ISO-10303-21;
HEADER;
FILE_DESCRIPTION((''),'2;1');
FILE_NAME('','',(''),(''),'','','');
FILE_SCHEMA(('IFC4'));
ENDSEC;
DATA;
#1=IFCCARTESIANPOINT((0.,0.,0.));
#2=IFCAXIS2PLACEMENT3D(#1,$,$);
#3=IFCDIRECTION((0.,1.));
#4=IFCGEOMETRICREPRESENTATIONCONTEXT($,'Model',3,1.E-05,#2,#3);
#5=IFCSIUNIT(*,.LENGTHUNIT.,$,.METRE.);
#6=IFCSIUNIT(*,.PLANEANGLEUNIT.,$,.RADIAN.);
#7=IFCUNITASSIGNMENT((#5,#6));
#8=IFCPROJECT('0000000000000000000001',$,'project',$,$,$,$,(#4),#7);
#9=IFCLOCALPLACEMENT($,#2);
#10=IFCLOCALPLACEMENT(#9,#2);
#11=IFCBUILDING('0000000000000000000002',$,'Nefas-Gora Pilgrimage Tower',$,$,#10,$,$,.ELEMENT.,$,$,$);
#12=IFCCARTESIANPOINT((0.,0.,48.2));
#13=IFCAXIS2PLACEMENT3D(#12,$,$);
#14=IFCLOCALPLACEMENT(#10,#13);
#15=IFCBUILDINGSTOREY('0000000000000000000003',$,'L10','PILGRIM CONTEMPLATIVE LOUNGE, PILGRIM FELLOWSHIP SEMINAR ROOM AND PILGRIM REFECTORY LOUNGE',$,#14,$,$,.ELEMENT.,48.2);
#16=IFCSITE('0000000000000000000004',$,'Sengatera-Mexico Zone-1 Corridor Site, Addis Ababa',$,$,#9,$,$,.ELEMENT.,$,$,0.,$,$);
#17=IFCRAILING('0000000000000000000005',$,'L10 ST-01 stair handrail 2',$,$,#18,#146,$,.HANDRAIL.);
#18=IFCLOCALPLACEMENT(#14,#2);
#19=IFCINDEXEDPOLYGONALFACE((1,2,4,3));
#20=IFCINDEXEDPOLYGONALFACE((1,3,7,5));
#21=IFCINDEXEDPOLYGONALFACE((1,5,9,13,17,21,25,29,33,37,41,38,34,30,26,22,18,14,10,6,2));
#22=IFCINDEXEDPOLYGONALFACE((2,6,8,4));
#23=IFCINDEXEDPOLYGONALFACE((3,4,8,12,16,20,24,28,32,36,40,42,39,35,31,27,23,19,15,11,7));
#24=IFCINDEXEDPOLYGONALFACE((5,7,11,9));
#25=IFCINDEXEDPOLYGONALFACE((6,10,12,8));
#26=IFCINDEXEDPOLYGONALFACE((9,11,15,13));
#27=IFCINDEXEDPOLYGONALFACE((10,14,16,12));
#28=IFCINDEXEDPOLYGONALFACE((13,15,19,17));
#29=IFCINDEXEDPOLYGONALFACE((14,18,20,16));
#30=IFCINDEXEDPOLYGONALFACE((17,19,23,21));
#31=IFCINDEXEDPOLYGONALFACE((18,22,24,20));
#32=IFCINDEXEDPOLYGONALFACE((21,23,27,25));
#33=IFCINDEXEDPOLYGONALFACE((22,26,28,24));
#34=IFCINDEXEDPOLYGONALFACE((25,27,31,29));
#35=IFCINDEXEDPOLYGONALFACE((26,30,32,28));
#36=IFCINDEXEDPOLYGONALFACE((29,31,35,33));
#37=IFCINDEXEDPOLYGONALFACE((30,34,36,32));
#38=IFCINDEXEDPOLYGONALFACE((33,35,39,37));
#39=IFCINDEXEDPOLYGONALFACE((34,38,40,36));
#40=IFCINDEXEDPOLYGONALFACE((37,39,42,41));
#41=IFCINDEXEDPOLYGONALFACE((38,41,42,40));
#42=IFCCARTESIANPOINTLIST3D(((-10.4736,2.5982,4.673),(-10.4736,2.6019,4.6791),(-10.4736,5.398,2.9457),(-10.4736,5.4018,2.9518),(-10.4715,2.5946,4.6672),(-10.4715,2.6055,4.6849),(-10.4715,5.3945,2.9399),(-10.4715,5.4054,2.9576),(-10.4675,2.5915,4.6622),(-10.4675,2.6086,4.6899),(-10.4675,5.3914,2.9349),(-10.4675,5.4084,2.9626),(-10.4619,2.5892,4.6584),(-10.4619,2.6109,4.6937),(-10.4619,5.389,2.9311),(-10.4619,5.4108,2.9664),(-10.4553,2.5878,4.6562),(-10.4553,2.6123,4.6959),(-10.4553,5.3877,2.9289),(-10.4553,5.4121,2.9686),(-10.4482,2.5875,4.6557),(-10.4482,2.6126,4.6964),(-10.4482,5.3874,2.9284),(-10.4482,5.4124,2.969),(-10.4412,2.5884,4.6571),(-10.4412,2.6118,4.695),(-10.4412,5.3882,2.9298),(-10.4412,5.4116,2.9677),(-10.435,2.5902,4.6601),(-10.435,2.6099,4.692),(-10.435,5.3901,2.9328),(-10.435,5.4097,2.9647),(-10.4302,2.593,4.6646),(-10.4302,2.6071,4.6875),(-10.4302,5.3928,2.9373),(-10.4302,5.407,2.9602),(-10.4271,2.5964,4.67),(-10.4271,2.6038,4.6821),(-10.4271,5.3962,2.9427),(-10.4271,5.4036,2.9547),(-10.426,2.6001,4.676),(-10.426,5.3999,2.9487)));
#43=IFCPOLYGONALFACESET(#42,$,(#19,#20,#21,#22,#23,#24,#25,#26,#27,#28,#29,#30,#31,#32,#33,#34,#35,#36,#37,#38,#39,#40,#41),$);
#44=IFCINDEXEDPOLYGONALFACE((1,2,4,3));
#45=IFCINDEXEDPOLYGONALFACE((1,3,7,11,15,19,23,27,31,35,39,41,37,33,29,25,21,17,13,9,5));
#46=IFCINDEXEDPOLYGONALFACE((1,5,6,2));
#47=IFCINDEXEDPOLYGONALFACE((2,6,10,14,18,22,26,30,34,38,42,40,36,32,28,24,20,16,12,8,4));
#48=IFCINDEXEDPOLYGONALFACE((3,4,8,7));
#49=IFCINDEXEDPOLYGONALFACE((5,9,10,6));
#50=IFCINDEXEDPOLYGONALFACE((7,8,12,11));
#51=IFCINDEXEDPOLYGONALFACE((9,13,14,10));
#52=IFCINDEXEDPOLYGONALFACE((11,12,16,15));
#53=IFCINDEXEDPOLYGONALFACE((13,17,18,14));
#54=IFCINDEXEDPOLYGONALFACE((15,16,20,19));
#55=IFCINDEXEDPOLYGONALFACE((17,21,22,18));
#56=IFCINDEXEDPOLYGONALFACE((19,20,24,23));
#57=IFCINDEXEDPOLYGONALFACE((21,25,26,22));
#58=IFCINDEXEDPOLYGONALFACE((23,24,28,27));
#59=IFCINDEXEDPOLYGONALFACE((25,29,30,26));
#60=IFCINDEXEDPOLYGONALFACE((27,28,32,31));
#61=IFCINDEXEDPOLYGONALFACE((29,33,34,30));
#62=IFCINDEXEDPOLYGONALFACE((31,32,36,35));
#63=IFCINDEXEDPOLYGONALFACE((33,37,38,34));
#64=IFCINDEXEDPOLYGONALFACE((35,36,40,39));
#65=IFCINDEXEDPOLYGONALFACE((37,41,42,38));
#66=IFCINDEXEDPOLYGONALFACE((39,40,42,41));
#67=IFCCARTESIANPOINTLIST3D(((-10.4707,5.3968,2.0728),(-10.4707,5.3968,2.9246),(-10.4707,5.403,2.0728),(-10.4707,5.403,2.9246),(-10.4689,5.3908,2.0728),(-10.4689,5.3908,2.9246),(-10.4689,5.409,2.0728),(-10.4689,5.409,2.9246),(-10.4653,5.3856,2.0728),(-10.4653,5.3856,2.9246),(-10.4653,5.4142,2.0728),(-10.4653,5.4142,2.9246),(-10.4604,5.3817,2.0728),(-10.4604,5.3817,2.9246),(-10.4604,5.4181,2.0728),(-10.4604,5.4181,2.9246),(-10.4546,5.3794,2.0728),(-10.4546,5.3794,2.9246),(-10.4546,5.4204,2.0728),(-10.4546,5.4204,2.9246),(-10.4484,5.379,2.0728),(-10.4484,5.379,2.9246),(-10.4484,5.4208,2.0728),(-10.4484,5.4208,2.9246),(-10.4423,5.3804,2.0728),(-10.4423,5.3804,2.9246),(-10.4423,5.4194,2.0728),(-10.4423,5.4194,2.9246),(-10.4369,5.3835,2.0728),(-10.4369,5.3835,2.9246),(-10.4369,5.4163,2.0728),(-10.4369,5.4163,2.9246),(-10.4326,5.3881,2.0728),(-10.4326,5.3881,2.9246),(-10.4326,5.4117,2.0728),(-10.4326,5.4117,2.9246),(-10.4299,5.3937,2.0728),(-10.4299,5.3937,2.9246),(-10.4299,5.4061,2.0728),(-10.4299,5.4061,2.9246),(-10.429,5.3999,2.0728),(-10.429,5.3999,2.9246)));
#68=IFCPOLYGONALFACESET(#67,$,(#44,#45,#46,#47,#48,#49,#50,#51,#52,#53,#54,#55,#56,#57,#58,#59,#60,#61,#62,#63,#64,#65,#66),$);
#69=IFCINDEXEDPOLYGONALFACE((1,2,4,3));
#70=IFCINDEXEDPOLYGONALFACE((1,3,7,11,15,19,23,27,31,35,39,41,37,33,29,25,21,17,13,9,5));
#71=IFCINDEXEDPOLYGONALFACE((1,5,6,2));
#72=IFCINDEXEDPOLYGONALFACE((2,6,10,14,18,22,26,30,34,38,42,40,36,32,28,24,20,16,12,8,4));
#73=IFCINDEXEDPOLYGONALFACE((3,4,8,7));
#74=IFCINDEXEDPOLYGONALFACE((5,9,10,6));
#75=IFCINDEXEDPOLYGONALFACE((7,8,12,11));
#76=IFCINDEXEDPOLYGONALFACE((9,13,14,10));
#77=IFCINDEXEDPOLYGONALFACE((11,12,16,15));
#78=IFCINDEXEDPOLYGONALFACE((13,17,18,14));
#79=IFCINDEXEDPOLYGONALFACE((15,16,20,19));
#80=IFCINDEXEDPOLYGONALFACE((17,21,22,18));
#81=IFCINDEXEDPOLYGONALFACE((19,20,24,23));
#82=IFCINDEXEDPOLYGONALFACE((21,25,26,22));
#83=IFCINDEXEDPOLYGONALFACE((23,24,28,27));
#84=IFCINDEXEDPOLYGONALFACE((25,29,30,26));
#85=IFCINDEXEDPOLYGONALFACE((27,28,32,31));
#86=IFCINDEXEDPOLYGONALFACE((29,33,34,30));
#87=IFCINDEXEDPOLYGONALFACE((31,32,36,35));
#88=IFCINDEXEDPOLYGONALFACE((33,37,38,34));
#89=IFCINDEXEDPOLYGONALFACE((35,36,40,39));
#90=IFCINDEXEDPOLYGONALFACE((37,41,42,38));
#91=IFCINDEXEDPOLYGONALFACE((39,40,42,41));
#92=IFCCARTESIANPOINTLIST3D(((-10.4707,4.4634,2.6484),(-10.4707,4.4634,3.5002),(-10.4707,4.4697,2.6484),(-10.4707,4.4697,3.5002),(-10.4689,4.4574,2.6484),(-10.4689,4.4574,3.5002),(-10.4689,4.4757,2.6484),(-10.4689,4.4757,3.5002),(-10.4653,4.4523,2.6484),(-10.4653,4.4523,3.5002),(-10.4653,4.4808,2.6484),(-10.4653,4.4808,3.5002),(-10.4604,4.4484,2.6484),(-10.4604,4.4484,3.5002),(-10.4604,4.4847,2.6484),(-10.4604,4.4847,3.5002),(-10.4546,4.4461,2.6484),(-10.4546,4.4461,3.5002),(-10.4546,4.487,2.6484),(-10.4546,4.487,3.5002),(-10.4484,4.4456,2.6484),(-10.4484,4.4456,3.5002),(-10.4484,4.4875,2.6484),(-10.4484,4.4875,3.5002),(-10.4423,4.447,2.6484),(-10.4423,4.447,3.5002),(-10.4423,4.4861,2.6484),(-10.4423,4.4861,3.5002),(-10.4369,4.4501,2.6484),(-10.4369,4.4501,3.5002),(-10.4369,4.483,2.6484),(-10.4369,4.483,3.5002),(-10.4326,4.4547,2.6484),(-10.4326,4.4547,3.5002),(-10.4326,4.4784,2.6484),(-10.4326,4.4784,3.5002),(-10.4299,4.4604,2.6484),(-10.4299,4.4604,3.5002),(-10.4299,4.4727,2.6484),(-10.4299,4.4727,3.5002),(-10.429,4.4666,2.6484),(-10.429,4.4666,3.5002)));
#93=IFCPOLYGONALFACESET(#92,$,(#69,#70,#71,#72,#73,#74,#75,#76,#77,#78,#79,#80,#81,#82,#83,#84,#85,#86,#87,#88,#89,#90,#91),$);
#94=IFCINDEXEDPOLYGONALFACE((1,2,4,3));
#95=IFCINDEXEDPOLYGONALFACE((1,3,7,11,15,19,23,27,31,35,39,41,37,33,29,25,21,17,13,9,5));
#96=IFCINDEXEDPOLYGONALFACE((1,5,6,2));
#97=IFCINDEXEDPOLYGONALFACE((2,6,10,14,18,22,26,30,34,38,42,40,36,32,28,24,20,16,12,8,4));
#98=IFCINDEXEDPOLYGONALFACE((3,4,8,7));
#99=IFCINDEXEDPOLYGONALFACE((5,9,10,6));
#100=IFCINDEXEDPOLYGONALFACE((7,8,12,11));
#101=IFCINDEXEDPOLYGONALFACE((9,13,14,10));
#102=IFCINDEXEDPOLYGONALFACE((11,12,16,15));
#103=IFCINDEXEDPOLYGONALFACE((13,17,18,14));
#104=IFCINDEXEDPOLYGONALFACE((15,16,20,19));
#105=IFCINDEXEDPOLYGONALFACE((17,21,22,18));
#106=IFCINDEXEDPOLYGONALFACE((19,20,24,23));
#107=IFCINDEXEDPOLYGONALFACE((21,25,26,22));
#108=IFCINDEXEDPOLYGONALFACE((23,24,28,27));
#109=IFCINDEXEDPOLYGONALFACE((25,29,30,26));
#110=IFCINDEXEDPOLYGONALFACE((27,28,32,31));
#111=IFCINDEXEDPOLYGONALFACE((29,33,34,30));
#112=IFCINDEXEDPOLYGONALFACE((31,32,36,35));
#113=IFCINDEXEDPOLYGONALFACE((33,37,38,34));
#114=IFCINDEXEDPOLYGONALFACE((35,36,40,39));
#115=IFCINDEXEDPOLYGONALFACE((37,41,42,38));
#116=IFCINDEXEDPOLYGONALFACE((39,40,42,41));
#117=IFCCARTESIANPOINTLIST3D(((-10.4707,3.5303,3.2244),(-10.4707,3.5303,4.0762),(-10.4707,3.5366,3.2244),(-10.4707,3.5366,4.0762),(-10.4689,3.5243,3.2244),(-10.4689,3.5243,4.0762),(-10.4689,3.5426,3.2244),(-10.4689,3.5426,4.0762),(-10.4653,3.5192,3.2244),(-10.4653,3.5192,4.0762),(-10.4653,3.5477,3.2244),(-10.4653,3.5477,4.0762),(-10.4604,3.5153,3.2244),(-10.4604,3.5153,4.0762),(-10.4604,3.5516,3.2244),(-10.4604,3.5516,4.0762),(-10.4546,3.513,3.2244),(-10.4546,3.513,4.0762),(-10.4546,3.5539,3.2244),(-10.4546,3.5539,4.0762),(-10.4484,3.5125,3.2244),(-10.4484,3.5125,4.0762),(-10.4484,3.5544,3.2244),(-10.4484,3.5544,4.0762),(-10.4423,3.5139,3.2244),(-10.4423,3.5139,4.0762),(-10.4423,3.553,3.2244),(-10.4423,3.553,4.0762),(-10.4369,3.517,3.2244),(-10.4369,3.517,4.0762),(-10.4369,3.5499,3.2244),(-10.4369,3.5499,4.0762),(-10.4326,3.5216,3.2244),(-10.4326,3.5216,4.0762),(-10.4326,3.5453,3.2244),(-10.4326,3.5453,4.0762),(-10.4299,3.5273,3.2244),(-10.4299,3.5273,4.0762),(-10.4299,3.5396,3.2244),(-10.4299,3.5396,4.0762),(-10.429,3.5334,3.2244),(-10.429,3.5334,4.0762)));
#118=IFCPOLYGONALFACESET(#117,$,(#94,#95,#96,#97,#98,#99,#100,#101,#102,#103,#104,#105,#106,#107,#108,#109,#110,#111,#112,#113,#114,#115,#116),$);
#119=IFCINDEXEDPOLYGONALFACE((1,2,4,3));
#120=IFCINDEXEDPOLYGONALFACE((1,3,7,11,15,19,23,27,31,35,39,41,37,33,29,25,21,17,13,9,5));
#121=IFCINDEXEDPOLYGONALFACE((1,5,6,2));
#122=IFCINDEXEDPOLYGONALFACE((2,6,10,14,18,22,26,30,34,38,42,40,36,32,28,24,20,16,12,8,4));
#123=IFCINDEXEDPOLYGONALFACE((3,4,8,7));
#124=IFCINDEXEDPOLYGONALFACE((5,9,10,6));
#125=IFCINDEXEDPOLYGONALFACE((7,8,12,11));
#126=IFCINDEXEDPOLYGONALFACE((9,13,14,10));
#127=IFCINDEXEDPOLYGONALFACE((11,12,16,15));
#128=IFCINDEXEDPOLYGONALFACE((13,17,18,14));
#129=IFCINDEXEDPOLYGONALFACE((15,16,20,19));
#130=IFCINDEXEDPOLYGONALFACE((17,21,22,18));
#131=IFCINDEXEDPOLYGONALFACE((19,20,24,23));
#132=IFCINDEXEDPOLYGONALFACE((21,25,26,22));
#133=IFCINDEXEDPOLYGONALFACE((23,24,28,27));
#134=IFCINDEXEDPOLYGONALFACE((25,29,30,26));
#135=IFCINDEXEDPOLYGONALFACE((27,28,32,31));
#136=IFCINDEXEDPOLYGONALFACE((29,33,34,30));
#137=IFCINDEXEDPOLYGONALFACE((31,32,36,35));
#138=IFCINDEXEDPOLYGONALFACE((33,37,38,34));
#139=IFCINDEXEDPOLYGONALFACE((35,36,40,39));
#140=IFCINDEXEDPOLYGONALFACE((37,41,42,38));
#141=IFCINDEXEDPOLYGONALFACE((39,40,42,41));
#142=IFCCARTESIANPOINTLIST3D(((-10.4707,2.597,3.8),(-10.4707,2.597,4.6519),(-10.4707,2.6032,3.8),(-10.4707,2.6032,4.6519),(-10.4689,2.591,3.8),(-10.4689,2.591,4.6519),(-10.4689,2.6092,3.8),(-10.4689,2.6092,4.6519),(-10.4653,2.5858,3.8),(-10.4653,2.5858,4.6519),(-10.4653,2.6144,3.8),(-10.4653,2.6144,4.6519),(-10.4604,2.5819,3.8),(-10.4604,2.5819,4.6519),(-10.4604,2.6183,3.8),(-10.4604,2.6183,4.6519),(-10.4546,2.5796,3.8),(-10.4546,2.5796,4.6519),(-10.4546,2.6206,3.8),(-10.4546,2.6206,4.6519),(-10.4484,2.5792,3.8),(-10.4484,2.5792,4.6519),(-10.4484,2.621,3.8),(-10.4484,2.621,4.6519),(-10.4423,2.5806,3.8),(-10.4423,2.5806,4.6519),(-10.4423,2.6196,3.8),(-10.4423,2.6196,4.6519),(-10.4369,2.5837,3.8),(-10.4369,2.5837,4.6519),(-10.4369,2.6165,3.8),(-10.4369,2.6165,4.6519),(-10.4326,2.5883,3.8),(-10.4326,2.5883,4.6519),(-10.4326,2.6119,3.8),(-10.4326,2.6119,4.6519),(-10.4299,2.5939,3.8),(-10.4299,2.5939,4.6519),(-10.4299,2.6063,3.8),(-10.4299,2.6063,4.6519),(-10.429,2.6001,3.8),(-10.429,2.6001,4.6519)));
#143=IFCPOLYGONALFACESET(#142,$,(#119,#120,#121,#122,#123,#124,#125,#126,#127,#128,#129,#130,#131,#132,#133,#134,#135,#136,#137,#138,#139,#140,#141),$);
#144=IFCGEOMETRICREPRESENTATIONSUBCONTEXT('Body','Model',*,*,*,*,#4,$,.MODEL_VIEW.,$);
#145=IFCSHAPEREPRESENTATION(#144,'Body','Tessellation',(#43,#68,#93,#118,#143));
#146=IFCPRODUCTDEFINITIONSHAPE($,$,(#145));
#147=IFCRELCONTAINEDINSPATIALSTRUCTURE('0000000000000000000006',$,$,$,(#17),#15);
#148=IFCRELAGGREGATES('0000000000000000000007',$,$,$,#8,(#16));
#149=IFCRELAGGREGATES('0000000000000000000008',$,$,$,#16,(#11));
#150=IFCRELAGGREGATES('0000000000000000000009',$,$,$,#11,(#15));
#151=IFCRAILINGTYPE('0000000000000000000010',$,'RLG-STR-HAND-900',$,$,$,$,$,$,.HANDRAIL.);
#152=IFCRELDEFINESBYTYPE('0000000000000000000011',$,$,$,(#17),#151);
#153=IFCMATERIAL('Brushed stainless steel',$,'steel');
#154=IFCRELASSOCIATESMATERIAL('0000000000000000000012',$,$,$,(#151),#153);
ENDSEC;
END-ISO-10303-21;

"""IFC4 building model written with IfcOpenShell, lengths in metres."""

from ifc_helpers import new_model, si_unit, direction, frame, origin, origin_2d, place, context, subcontext, project, spatial, circle, extrude, material, type_object, element, save


model = new_model("IFC4")

# Units and contexts
model_context = context("Model", 3, precision=1e-05, world=origin(), true_north=direction((0.0, 1.0)))
body_context = subcontext(model_context, "Body", "Model", "MODEL_VIEW")
ifc_project = project(units=[si_unit("LENGTHUNIT", "METRE"), si_unit("PLANEANGLEUNIT", "RADIAN")], contexts=[model_context])

# Site, building, storey
site_placement = place(None, origin())
site = spatial("IfcSite", under=ifc_project, at=site_placement, Name="Sengatera-Mexico Zone-1 Corridor Site, Addis Ababa", CompositionType="ELEMENT", RefElevation=0.0)
building_placement = place(site_placement, origin())
building = spatial("IfcBuilding", under=site, at=building_placement, Name="Nefas-Gora Pilgrimage Tower", CompositionType="ELEMENT")
storey_placement = place(building_placement, frame((0.0, 0.0, 48.2)))
storey = spatial("IfcBuildingStorey", under=building, at=storey_placement, Name="L10", Description="PILGRIM CONTEMPLATIVE LOUNGE, PILGRIM FELLOWSHIP SEMINAR ROOM AND PILGRIM REFECTORY LOUNGE", CompositionType="ELEMENT", Elevation=48.2)

# Railing
ifc_material_1 = material(Name="Brushed stainless steel", Category="steel")
railing_type_1 = type_object("IfcRailingType", Name="RLG-STR-HAND-900", PredefinedType="HANDRAIL", material=ifc_material_1)
railing_1_placement = place(storey_placement, frame((-10.45, 5.3999, 2.0728)))
element("IfcRailing", 1, at=railing_1_placement, inside=storey, type_object=railing_type_1, Name="L10 ST-01 stair handrail 2", PredefinedType="HANDRAIL", context=body_context, shape_type="SweptSolid", body=[
    extrude(circle(Radius=0.0239, at=origin_2d()), frame((0.0, 0.0, 0.876), z_axis=(0.0, -0.851069, 0.525054), x_axis=(1.0, 0.0, 0.0)), (0.0, 0.0, 1.0), 3.2898),
    extrude(circle(Radius=0.021, at=origin_2d()), origin(), (0.0, 0.0, 1.0), 0.8518),
    extrude(circle(Radius=0.021, at=origin_2d()), frame((0.0, -0.9333, 0.5757)), (0.0, 0.0, 1.0), 0.8518),
    extrude(circle(Radius=0.021, at=origin_2d()), frame((0.0, -1.8665, 1.1516)), (0.0, 0.0, 1.0), 0.8518),
    extrude(circle(Radius=0.021, at=origin_2d()), frame((0.0, -2.7998, 1.7273)), (0.0, 0.0, 1.0), 0.8518),
])

save(model, "model.ifc")
